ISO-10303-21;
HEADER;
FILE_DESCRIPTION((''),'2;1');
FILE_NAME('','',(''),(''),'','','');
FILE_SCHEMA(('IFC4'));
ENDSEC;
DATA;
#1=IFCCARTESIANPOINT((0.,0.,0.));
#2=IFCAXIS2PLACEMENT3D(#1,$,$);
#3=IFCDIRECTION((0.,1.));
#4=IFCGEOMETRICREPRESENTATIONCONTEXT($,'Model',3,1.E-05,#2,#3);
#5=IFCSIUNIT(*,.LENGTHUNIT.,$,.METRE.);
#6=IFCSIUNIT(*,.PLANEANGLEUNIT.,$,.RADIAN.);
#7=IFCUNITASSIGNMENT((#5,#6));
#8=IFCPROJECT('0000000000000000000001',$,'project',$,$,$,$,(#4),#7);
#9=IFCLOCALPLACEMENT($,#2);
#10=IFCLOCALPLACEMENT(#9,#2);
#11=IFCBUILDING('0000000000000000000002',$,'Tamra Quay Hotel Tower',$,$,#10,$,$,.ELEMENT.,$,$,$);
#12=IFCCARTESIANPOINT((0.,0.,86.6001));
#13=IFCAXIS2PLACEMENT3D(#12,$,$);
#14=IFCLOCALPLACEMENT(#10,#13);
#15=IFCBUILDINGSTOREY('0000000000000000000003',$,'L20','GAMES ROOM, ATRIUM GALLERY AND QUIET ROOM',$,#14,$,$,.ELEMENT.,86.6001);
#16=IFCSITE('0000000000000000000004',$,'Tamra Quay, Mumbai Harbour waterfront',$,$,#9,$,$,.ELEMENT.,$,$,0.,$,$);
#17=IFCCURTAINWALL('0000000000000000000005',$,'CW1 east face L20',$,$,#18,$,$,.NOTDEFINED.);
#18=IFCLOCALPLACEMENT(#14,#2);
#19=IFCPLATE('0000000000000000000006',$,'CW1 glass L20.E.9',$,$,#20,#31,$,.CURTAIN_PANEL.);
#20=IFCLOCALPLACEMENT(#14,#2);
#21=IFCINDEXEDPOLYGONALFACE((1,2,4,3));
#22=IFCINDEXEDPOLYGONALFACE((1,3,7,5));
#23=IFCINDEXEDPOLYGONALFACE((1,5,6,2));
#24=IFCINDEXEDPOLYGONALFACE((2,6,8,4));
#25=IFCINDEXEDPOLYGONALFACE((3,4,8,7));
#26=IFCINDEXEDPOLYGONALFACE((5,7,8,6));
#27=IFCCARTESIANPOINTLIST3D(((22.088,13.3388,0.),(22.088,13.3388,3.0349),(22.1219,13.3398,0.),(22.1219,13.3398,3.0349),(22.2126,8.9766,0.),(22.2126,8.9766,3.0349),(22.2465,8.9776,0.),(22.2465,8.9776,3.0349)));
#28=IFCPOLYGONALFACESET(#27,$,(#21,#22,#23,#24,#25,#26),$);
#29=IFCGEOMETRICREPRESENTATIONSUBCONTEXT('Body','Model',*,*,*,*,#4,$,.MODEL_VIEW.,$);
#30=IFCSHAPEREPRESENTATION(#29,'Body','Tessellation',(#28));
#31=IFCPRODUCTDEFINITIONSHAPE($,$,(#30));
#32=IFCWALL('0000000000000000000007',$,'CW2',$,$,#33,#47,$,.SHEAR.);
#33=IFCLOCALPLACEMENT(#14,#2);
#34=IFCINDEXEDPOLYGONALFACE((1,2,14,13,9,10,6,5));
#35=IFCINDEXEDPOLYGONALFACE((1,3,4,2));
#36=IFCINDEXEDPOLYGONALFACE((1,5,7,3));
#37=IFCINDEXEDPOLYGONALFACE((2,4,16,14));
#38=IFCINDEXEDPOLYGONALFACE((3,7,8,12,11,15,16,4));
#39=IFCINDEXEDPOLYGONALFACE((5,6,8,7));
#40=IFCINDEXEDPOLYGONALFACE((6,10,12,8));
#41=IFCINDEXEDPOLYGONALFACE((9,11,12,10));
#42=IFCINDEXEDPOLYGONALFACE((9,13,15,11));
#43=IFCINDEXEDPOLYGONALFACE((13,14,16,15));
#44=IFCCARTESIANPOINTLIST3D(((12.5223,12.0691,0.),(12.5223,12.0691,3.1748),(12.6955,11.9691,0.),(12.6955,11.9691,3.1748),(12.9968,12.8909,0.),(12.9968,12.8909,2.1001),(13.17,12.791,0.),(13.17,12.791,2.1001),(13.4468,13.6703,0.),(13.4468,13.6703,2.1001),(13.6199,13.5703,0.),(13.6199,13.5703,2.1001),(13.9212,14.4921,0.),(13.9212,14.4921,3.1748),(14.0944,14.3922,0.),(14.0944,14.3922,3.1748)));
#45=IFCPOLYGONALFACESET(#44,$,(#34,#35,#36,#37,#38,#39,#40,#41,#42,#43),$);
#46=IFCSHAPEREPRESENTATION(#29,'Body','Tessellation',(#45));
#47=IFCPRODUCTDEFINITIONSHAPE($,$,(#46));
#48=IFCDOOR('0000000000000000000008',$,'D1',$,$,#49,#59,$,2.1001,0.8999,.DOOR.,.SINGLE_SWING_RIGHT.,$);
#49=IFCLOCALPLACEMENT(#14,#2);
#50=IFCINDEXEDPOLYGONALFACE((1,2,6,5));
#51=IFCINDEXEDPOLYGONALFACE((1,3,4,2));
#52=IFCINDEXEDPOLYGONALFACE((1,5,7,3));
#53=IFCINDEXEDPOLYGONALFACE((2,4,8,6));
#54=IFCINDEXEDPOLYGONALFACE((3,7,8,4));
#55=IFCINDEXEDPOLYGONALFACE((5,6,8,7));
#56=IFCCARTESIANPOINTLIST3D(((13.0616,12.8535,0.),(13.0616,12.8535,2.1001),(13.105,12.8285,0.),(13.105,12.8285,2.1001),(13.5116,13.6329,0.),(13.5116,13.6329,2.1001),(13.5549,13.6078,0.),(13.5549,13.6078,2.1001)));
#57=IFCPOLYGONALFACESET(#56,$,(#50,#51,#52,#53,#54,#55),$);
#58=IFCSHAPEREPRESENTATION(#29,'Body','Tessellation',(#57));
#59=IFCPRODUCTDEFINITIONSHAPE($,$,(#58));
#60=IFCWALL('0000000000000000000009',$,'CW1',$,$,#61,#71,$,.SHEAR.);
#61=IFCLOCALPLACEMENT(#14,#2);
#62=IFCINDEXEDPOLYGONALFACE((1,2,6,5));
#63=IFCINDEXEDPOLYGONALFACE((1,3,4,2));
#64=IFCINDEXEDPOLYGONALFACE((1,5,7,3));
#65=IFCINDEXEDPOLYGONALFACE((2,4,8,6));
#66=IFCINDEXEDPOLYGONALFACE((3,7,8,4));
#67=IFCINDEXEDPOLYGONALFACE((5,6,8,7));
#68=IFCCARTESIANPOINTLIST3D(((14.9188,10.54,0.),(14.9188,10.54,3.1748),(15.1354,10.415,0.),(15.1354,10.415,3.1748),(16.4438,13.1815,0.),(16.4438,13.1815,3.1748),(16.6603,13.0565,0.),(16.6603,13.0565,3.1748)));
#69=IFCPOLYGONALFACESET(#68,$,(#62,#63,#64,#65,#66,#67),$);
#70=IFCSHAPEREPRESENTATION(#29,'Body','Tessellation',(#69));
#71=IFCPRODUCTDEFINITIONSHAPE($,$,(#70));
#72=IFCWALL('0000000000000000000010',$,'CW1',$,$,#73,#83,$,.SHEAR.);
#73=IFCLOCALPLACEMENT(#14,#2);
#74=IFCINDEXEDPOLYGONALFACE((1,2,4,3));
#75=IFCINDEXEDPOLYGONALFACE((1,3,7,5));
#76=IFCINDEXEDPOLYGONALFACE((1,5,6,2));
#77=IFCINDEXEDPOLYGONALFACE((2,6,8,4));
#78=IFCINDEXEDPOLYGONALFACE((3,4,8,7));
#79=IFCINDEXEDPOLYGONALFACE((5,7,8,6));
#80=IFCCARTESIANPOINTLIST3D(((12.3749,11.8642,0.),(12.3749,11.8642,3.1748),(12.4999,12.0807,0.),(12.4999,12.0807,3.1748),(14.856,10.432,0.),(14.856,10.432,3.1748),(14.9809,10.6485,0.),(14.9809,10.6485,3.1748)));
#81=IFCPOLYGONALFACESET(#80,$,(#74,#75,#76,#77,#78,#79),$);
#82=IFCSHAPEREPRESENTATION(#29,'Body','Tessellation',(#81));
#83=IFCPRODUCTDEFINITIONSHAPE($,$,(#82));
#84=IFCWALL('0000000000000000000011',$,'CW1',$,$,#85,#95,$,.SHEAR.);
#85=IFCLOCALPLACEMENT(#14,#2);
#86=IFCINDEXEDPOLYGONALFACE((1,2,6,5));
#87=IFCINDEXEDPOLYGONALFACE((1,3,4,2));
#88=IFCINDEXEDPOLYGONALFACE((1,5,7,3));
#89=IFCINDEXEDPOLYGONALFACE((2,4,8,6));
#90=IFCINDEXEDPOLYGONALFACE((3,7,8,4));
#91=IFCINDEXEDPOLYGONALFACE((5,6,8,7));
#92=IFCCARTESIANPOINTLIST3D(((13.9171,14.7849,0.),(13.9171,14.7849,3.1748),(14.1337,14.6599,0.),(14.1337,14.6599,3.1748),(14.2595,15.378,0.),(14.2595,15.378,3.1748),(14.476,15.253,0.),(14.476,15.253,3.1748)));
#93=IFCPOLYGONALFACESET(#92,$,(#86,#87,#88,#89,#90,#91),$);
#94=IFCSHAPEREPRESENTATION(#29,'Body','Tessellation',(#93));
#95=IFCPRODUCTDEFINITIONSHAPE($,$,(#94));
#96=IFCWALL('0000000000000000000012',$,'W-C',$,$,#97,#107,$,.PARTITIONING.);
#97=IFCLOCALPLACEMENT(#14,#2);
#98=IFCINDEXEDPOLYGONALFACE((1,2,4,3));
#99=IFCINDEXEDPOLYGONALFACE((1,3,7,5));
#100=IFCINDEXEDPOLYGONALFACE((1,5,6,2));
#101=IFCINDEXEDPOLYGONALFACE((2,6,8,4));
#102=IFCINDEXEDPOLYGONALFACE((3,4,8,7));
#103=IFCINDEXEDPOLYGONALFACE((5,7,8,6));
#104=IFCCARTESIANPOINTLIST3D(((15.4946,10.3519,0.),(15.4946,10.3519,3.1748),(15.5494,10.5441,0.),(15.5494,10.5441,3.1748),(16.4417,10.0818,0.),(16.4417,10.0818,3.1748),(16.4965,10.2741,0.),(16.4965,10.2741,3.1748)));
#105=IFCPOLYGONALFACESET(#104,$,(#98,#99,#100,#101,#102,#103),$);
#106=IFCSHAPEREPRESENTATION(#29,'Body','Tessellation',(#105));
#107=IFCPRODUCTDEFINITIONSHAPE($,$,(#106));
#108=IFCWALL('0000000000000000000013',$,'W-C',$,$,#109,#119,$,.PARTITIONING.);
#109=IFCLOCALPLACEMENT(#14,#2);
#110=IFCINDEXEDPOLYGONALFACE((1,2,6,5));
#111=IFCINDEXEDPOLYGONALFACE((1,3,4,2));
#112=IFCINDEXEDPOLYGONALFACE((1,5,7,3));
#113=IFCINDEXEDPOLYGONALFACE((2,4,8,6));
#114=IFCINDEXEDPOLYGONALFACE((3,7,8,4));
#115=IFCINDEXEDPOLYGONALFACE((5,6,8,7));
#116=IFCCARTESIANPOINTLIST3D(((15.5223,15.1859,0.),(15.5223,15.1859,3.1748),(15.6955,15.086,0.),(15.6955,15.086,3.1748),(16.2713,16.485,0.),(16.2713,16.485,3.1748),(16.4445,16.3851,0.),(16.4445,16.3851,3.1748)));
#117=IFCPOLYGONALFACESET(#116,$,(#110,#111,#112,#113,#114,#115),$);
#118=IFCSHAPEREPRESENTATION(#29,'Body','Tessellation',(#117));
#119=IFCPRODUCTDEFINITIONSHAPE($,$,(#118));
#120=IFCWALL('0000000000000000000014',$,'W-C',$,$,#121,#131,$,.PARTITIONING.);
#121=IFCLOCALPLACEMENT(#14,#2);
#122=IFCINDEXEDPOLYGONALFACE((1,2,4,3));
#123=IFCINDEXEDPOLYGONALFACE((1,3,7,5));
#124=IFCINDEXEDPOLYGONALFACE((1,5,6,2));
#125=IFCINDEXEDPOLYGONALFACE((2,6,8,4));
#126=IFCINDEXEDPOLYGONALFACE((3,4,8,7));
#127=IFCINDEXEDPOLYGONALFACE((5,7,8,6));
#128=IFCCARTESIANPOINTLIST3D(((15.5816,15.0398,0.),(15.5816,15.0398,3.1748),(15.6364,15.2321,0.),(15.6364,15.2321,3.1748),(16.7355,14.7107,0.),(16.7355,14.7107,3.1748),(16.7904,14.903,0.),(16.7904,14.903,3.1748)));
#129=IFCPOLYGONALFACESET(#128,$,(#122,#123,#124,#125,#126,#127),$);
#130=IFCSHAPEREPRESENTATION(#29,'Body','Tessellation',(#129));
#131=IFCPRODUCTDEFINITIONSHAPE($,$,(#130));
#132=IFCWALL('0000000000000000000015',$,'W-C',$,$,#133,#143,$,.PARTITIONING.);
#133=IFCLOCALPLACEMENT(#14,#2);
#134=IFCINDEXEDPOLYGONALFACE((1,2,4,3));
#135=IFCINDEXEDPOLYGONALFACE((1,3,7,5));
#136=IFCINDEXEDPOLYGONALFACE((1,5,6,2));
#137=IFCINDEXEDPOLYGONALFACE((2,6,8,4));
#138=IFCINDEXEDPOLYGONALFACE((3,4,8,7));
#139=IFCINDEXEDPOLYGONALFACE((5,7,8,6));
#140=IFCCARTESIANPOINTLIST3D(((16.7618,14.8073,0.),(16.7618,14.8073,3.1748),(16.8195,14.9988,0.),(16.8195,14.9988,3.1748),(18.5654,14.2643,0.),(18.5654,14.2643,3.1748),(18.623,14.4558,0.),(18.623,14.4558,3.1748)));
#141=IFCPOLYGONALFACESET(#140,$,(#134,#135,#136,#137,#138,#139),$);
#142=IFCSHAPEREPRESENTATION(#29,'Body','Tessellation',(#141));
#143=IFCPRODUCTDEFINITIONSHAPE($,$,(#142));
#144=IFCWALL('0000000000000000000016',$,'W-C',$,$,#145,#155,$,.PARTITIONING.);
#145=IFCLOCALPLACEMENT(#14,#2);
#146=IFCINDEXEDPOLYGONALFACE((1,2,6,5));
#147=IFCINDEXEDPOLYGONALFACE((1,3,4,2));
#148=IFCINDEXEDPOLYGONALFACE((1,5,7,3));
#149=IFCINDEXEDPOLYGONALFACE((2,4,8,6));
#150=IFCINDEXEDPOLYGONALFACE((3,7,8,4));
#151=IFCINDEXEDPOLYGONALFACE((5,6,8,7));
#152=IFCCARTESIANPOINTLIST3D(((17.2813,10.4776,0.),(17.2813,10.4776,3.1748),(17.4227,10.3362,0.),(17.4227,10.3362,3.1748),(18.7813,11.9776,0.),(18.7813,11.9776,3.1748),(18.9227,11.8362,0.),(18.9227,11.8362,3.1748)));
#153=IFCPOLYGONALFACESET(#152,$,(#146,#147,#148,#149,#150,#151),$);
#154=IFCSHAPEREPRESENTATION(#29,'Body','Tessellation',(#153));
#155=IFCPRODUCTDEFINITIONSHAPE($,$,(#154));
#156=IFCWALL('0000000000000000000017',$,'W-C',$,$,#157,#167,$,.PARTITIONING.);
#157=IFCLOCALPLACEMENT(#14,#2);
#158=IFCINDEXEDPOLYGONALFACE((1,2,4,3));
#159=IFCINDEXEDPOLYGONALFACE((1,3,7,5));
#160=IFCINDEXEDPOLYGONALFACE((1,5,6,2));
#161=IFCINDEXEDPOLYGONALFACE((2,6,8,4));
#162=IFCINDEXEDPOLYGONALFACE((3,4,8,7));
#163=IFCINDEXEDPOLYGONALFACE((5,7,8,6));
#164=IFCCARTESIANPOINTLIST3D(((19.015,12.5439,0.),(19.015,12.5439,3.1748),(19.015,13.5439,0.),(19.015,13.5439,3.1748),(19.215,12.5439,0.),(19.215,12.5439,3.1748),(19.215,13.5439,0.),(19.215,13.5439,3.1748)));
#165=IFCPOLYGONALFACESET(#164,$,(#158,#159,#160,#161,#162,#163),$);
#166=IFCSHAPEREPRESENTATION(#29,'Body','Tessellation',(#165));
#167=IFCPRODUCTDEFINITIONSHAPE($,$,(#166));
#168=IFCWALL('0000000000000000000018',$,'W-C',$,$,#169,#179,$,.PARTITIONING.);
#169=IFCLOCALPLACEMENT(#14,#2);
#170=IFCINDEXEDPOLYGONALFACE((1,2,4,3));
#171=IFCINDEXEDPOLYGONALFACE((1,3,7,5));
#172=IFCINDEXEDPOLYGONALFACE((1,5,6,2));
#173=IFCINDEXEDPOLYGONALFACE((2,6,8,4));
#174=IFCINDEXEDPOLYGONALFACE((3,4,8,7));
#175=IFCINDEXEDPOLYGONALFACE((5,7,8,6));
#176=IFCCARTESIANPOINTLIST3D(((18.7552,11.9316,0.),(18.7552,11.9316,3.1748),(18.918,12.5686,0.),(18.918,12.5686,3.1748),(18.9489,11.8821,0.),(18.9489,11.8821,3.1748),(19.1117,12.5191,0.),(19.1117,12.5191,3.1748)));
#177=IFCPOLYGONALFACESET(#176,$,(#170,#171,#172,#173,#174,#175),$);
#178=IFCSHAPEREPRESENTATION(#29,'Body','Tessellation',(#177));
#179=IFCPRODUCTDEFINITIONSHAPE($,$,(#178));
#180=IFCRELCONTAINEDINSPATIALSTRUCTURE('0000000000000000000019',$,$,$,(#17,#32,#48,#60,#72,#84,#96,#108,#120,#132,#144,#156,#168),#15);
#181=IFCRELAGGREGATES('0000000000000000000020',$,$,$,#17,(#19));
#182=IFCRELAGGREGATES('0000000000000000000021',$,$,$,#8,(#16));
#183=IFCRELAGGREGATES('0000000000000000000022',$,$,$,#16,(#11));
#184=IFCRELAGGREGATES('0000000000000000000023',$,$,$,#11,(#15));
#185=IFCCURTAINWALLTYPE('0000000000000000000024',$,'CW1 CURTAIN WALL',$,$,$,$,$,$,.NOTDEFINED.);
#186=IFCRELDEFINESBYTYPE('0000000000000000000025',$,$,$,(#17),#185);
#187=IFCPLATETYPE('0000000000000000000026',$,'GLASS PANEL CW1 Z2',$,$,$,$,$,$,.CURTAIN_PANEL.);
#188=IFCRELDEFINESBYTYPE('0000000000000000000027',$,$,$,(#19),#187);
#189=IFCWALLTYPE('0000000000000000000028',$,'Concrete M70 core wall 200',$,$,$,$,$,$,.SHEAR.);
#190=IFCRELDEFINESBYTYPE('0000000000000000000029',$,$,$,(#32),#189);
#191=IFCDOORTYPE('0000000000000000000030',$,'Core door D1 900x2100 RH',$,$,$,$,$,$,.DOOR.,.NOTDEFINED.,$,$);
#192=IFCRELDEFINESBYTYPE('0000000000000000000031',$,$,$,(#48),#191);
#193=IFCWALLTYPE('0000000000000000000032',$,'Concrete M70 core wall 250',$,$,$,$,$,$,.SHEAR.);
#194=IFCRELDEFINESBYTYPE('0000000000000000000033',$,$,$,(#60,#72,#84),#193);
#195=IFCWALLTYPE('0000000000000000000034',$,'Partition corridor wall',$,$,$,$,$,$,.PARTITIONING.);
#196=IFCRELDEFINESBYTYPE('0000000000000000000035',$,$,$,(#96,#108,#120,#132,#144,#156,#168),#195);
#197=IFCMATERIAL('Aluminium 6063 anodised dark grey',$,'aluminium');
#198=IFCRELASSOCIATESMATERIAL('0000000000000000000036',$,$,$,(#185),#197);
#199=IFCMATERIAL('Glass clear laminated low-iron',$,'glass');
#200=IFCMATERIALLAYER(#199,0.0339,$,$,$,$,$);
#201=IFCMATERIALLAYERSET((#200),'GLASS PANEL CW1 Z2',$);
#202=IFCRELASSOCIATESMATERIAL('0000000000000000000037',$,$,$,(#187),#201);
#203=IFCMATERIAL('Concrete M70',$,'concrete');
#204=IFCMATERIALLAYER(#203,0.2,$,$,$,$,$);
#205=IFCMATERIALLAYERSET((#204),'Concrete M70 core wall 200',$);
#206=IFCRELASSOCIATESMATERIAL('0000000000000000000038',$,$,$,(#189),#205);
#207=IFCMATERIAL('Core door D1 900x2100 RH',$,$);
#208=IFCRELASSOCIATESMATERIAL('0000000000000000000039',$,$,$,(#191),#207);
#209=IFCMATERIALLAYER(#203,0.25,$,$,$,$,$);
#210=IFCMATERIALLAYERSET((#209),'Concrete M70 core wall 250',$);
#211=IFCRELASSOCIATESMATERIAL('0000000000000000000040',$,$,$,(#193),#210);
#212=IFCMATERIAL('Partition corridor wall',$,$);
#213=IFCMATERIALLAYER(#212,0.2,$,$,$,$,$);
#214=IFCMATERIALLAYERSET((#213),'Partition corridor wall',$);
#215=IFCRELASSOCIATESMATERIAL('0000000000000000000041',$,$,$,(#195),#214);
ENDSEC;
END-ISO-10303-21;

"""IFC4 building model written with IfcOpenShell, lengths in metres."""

from ifc_helpers import new_model, si_unit, direction, frame, frame_2d, origin, origin_2d, place, context, subcontext, project, spatial, rectangle, extrude, material, layer, layer_set, type_object, element, fill, aggregate, save


model = new_model("IFC4")

# Units and contexts
model_context = context("Model", 3, precision=1e-05, world=origin(), true_north=direction((0.0, 1.0)))
body_context = subcontext(model_context, "Body", "Model", "MODEL_VIEW")
ifc_project = project(units=[si_unit("LENGTHUNIT", "METRE"), si_unit("PLANEANGLEUNIT", "RADIAN")], contexts=[model_context])

# Site, building, storey
site_placement = place(None, origin())
site = spatial("IfcSite", under=ifc_project, at=site_placement, Name="Tamra Quay, Mumbai Harbour waterfront", CompositionType="ELEMENT", RefElevation=0.0)
building_placement = place(site_placement, origin())
building = spatial("IfcBuilding", under=site, at=building_placement, Name="Tamra Quay Hotel Tower", CompositionType="ELEMENT")
storey_placement = place(building_placement, frame((0.0, 0.0, 86.6001)))
storey = spatial("IfcBuildingStorey", under=building, at=storey_placement, Name="L20", Description="GAMES ROOM, ATRIUM GALLERY AND QUIET ROOM", CompositionType="ELEMENT", Elevation=86.6001)

# Shared definitions
ifc_material_1 = material(Name="Concrete M70", Category="concrete")

# Curtain wall
ifc_material_2 = material(Name="Aluminium 6063 anodised dark grey", Category="aluminium")
curtain_wall_type = type_object("IfcCurtainWallType", Name="CW1 CURTAIN WALL", PredefinedType="NOTDEFINED", material=ifc_material_2)
curtain_wall_placement = place(storey_placement, origin())
curtain_wall = element("IfcCurtainWall", 1, at=curtain_wall_placement, inside=storey, type_object=curtain_wall_type, Name="CW1 east face L20", PredefinedType="NOTDEFINED")

# Plate
ifc_material_3 = material(Name="Glass clear laminated low-iron", Category="glass")
ifc_layer_1 = layer(ifc_material_3, 0.0339)
ifc_layer_set_1 = layer_set([ifc_layer_1], Name="GLASS PANEL CW1 Z2")
plate_type = type_object("IfcPlateType", Name="GLASS PANEL CW1 Z2", PredefinedType="CURTAIN_PANEL", material=ifc_layer_set_1)
plate_1_placement = place(storey_placement, frame((22.1672, 11.1582, 0.0), z_axis=(0.0, 0.0, 1.0), x_axis=(-0.028546, 0.999592, 0.0)))
plate_1 = element("IfcPlate", 2, at=plate_1_placement, type_object=plate_type, Name="CW1 glass L20.E.9", PredefinedType="CURTAIN_PANEL", context=body_context, shape_type="SweptSolid", body=[
    extrude(rectangle(XDim=4.364, YDim=0.0339, at=origin_2d()), origin(), (0.0, 0.0, 1.0), 3.0349),
])
aggregate(curtain_wall, [plate_1])

# Wall, opening, door
ifc_layer_2 = layer(ifc_material_1, 0.2)
ifc_layer_set_2 = layer_set([ifc_layer_2], Name="Concrete M70 core wall 200")
wall_type_1 = type_object("IfcWallType", Name="Concrete M70 core wall 200", PredefinedType="SHEAR", material=ifc_layer_set_2)
wall_1_placement = place(storey_placement, frame((14.0078, 14.4421, 0.0), z_axis=(0.0, 0.0, 1.0), x_axis=(-0.499987, -0.866033, 0.0)))
wall_1 = element("IfcWall", 3, at=wall_1_placement, inside=storey, type_object=wall_type_1, Name="CW2", PredefinedType="SHEAR", context=body_context, shape_type="SweptSolid", body=[
    extrude(rectangle(XDim=2.7979, YDim=0.2, at=frame_2d((1.3989, 0.0))), origin(), (0.0, 0.0, 1.0), 3.1748),
])
opening_placement = place(wall_1_placement, frame((0.949, 0.0, 0.0)))
opening = element("IfcOpeningElement", 4, at=opening_placement, cuts=wall_1, PredefinedType="OPENING", context=body_context, shape_type="SweptSolid", body=[
    extrude(rectangle(XDim=0.8999, YDim=2.1001, at=frame_2d((0.45, 1.05))), frame((0.0, 0.1099, 0.0), z_axis=(0.0, -1.0, 0.0), x_axis=(1.0, 0.0, 0.0)), (0.0, 0.0, 1.0), 0.22),
])
ifc_material_4 = material(Name="Core door D1 900x2100 RH")
door_type = type_object("IfcDoorType", Name="Core door D1 900x2100 RH", OperationType="NOTDEFINED", PredefinedType="DOOR", material=ifc_material_4)
door_placement = place(opening_placement, origin())
door = element("IfcDoor", 5, at=door_placement, inside=storey, type_object=door_type, Name="D1", OperationType="SINGLE_SWING_RIGHT", OverallHeight=2.1001, OverallWidth=0.8999, PredefinedType="DOOR", context=body_context, shape_type="SweptSolid", body=[
    extrude(rectangle(XDim=0.8999, YDim=2.1001, at=frame_2d((0.45, 1.05))), frame((0.0, 0.0249, 0.0), z_axis=(0.0, -1.0, 0.0), x_axis=(1.0, 0.0, 0.0)), (0.0, 0.0, 1.0), 0.05),
])
fill(opening, door)

# Walls
ifc_layer_3 = layer(ifc_material_1, 0.25)
ifc_layer_set_3 = layer_set([ifc_layer_3], Name="Concrete M70 core wall 250")
wall_type_2 = type_object("IfcWallType", Name="Concrete M70 core wall 250", PredefinedType="SHEAR", material=ifc_layer_set_3)
wall_2_placement = place(storey_placement, frame((16.552, 13.1189, 0.0), z_axis=(0.0, 0.0, 1.0), x_axis=(-0.499979, -0.866038, 0.0)))
element("IfcWall", 6, at=wall_2_placement, inside=storey, type_object=wall_type_2, Name="CW1", PredefinedType="SHEAR", context=body_context, shape_type="SweptSolid", body=[
    extrude(rectangle(XDim=3.05, YDim=0.25, at=frame_2d((1.5249, 0.0))), origin(), (0.0, 0.0, 1.0), 3.1748),
])
wall_3_placement = place(storey_placement, frame((14.9185, 10.5403, 0.0), z_axis=(0.0, 0.0, 1.0), x_axis=(-0.866064, 0.499934, 0.0)))
element("IfcWall", 7, at=wall_3_placement, inside=storey, type_object=wall_type_2, Name="CW1", PredefinedType="SHEAR", context=body_context, shape_type="SweptSolid", body=[
    extrude(rectangle(XDim=2.8647, YDim=0.25, at=frame_2d((1.4324, 0.0))), origin(), (0.0, 0.0, 1.0), 3.1748),
])
wall_4_placement = place(storey_placement, frame((14.3677, 15.3154, 0.0), z_axis=(0.0, 0.0, 1.0), x_axis=(-0.499897, -0.866085, 0.0)))
element("IfcWall", 8, at=wall_4_placement, inside=storey, type_object=wall_type_2, Name="CW1", PredefinedType="SHEAR", context=body_context, shape_type="SweptSolid", body=[
    extrude(rectangle(XDim=0.6848, YDim=0.25, at=frame_2d((0.3423, 0.0))), origin(), (0.0, 0.0, 1.0), 3.1748),
])
ifc_material_5 = material(Name="Partition corridor wall")
ifc_layer_4 = layer(ifc_material_5, 0.2)
ifc_layer_set_4 = layer_set([ifc_layer_4], Name="Partition corridor wall")
wall_type_3 = type_object("IfcWallType", Name="Partition corridor wall", PredefinedType="PARTITIONING", material=ifc_layer_set_4)
wall_5_placement = place(storey_placement, frame((15.522, 10.448, 0.0), z_axis=(0.0, 0.0, 1.0), x_axis=(0.961673, -0.274197, 0.0)))
element("IfcWall", 9, at=wall_5_placement, inside=storey, type_object=wall_type_3, Name="W-C", PredefinedType="PARTITIONING", context=body_context, shape_type="SweptSolid", body=[
    extrude(rectangle(XDim=0.9849, YDim=0.2, at=frame_2d((0.4924, 0.0))), origin(), (0.0, 0.0, 1.0), 3.1748),
])
wall_6_placement = place(storey_placement, frame((15.6089, 15.136, 0.0), z_axis=(0.0, 0.0, 1.0), x_axis=(0.499502, 0.866313, 0.0)))
element("IfcWall", 10, at=wall_6_placement, inside=storey, type_object=wall_type_3, Name="W-C", PredefinedType="PARTITIONING", context=body_context, shape_type="SweptSolid", body=[
    extrude(rectangle(XDim=1.4995, YDim=0.2, at=frame_2d((0.7498, 0.0))), origin(), (0.0, 0.0, 1.0), 3.1748),
])
wall_7_placement = place(storey_placement, frame((15.6089, 15.136, 0.0), z_axis=(0.0, 0.0, 1.0), x_axis=(0.961662, -0.274237, 0.0)))
element("IfcWall", 11, at=wall_7_placement, inside=storey, type_object=wall_type_3, Name="W-C", PredefinedType="PARTITIONING", context=body_context, shape_type="SweptSolid", body=[
    extrude(rectangle(XDim=1.2, YDim=0.2, at=frame_2d((0.6001, 0.0))), origin(), (0.0, 0.0, 1.0), 3.1748),
])
wall_8_placement = place(storey_placement, frame((16.7905, 14.9031, 0.0), z_axis=(0.0, 0.0, 1.0), x_axis=(0.957544, -0.288287, 0.0)))
element("IfcWall", 12, at=wall_8_placement, inside=storey, type_object=wall_type_3, Name="W-C", PredefinedType="PARTITIONING", context=body_context, shape_type="SweptSolid", body=[
    extrude(rectangle(XDim=1.8835, YDim=0.2, at=frame_2d((0.9419, 0.0))), origin(), (0.0, 0.0, 1.0), 3.1748),
])
wall_9_placement = place(storey_placement, frame((17.3521, 10.407, 0.0), z_axis=(0.0, 0.0, 1.0), x_axis=(0.707107, 0.707107, 0.0)))
element("IfcWall", 13, at=wall_9_placement, inside=storey, type_object=wall_type_3, Name="W-C", PredefinedType="PARTITIONING", context=body_context, shape_type="SweptSolid", body=[
    extrude(rectangle(XDim=2.1213, YDim=0.2, at=frame_2d((1.0605, 0.0))), origin(), (0.0, 0.0, 1.0), 3.1748),
])
wall_10_placement = place(storey_placement, frame((19.115, 12.5439, 0.0), z_axis=(0.0, 0.0, 1.0), x_axis=(0.0, 1.0, 0.0)))
element("IfcWall", 14, at=wall_10_placement, inside=storey, type_object=wall_type_3, Name="W-C", PredefinedType="PARTITIONING", context=body_context, shape_type="SweptSolid", body=[
    extrude(rectangle(XDim=1.0, YDim=0.2, at=frame_2d((0.5, 0.0))), origin(), (0.0, 0.0, 1.0), 3.1748),
])
wall_11_placement = place(storey_placement, frame((18.8521, 11.907, 0.0), z_axis=(0.0, 0.0, 1.0), x_axis=(0.247687, 0.96884, 0.0)))
element("IfcWall", 15, at=wall_11_placement, inside=storey, type_object=wall_type_3, Name="W-C", PredefinedType="PARTITIONING", context=body_context, shape_type="SweptSolid", body=[
    extrude(rectangle(XDim=0.6575, YDim=0.2, at=frame_2d((0.3286, 0.0))), origin(), (0.0, 0.0, 1.0), 3.1748),
])

save(model, "model.ifc")
